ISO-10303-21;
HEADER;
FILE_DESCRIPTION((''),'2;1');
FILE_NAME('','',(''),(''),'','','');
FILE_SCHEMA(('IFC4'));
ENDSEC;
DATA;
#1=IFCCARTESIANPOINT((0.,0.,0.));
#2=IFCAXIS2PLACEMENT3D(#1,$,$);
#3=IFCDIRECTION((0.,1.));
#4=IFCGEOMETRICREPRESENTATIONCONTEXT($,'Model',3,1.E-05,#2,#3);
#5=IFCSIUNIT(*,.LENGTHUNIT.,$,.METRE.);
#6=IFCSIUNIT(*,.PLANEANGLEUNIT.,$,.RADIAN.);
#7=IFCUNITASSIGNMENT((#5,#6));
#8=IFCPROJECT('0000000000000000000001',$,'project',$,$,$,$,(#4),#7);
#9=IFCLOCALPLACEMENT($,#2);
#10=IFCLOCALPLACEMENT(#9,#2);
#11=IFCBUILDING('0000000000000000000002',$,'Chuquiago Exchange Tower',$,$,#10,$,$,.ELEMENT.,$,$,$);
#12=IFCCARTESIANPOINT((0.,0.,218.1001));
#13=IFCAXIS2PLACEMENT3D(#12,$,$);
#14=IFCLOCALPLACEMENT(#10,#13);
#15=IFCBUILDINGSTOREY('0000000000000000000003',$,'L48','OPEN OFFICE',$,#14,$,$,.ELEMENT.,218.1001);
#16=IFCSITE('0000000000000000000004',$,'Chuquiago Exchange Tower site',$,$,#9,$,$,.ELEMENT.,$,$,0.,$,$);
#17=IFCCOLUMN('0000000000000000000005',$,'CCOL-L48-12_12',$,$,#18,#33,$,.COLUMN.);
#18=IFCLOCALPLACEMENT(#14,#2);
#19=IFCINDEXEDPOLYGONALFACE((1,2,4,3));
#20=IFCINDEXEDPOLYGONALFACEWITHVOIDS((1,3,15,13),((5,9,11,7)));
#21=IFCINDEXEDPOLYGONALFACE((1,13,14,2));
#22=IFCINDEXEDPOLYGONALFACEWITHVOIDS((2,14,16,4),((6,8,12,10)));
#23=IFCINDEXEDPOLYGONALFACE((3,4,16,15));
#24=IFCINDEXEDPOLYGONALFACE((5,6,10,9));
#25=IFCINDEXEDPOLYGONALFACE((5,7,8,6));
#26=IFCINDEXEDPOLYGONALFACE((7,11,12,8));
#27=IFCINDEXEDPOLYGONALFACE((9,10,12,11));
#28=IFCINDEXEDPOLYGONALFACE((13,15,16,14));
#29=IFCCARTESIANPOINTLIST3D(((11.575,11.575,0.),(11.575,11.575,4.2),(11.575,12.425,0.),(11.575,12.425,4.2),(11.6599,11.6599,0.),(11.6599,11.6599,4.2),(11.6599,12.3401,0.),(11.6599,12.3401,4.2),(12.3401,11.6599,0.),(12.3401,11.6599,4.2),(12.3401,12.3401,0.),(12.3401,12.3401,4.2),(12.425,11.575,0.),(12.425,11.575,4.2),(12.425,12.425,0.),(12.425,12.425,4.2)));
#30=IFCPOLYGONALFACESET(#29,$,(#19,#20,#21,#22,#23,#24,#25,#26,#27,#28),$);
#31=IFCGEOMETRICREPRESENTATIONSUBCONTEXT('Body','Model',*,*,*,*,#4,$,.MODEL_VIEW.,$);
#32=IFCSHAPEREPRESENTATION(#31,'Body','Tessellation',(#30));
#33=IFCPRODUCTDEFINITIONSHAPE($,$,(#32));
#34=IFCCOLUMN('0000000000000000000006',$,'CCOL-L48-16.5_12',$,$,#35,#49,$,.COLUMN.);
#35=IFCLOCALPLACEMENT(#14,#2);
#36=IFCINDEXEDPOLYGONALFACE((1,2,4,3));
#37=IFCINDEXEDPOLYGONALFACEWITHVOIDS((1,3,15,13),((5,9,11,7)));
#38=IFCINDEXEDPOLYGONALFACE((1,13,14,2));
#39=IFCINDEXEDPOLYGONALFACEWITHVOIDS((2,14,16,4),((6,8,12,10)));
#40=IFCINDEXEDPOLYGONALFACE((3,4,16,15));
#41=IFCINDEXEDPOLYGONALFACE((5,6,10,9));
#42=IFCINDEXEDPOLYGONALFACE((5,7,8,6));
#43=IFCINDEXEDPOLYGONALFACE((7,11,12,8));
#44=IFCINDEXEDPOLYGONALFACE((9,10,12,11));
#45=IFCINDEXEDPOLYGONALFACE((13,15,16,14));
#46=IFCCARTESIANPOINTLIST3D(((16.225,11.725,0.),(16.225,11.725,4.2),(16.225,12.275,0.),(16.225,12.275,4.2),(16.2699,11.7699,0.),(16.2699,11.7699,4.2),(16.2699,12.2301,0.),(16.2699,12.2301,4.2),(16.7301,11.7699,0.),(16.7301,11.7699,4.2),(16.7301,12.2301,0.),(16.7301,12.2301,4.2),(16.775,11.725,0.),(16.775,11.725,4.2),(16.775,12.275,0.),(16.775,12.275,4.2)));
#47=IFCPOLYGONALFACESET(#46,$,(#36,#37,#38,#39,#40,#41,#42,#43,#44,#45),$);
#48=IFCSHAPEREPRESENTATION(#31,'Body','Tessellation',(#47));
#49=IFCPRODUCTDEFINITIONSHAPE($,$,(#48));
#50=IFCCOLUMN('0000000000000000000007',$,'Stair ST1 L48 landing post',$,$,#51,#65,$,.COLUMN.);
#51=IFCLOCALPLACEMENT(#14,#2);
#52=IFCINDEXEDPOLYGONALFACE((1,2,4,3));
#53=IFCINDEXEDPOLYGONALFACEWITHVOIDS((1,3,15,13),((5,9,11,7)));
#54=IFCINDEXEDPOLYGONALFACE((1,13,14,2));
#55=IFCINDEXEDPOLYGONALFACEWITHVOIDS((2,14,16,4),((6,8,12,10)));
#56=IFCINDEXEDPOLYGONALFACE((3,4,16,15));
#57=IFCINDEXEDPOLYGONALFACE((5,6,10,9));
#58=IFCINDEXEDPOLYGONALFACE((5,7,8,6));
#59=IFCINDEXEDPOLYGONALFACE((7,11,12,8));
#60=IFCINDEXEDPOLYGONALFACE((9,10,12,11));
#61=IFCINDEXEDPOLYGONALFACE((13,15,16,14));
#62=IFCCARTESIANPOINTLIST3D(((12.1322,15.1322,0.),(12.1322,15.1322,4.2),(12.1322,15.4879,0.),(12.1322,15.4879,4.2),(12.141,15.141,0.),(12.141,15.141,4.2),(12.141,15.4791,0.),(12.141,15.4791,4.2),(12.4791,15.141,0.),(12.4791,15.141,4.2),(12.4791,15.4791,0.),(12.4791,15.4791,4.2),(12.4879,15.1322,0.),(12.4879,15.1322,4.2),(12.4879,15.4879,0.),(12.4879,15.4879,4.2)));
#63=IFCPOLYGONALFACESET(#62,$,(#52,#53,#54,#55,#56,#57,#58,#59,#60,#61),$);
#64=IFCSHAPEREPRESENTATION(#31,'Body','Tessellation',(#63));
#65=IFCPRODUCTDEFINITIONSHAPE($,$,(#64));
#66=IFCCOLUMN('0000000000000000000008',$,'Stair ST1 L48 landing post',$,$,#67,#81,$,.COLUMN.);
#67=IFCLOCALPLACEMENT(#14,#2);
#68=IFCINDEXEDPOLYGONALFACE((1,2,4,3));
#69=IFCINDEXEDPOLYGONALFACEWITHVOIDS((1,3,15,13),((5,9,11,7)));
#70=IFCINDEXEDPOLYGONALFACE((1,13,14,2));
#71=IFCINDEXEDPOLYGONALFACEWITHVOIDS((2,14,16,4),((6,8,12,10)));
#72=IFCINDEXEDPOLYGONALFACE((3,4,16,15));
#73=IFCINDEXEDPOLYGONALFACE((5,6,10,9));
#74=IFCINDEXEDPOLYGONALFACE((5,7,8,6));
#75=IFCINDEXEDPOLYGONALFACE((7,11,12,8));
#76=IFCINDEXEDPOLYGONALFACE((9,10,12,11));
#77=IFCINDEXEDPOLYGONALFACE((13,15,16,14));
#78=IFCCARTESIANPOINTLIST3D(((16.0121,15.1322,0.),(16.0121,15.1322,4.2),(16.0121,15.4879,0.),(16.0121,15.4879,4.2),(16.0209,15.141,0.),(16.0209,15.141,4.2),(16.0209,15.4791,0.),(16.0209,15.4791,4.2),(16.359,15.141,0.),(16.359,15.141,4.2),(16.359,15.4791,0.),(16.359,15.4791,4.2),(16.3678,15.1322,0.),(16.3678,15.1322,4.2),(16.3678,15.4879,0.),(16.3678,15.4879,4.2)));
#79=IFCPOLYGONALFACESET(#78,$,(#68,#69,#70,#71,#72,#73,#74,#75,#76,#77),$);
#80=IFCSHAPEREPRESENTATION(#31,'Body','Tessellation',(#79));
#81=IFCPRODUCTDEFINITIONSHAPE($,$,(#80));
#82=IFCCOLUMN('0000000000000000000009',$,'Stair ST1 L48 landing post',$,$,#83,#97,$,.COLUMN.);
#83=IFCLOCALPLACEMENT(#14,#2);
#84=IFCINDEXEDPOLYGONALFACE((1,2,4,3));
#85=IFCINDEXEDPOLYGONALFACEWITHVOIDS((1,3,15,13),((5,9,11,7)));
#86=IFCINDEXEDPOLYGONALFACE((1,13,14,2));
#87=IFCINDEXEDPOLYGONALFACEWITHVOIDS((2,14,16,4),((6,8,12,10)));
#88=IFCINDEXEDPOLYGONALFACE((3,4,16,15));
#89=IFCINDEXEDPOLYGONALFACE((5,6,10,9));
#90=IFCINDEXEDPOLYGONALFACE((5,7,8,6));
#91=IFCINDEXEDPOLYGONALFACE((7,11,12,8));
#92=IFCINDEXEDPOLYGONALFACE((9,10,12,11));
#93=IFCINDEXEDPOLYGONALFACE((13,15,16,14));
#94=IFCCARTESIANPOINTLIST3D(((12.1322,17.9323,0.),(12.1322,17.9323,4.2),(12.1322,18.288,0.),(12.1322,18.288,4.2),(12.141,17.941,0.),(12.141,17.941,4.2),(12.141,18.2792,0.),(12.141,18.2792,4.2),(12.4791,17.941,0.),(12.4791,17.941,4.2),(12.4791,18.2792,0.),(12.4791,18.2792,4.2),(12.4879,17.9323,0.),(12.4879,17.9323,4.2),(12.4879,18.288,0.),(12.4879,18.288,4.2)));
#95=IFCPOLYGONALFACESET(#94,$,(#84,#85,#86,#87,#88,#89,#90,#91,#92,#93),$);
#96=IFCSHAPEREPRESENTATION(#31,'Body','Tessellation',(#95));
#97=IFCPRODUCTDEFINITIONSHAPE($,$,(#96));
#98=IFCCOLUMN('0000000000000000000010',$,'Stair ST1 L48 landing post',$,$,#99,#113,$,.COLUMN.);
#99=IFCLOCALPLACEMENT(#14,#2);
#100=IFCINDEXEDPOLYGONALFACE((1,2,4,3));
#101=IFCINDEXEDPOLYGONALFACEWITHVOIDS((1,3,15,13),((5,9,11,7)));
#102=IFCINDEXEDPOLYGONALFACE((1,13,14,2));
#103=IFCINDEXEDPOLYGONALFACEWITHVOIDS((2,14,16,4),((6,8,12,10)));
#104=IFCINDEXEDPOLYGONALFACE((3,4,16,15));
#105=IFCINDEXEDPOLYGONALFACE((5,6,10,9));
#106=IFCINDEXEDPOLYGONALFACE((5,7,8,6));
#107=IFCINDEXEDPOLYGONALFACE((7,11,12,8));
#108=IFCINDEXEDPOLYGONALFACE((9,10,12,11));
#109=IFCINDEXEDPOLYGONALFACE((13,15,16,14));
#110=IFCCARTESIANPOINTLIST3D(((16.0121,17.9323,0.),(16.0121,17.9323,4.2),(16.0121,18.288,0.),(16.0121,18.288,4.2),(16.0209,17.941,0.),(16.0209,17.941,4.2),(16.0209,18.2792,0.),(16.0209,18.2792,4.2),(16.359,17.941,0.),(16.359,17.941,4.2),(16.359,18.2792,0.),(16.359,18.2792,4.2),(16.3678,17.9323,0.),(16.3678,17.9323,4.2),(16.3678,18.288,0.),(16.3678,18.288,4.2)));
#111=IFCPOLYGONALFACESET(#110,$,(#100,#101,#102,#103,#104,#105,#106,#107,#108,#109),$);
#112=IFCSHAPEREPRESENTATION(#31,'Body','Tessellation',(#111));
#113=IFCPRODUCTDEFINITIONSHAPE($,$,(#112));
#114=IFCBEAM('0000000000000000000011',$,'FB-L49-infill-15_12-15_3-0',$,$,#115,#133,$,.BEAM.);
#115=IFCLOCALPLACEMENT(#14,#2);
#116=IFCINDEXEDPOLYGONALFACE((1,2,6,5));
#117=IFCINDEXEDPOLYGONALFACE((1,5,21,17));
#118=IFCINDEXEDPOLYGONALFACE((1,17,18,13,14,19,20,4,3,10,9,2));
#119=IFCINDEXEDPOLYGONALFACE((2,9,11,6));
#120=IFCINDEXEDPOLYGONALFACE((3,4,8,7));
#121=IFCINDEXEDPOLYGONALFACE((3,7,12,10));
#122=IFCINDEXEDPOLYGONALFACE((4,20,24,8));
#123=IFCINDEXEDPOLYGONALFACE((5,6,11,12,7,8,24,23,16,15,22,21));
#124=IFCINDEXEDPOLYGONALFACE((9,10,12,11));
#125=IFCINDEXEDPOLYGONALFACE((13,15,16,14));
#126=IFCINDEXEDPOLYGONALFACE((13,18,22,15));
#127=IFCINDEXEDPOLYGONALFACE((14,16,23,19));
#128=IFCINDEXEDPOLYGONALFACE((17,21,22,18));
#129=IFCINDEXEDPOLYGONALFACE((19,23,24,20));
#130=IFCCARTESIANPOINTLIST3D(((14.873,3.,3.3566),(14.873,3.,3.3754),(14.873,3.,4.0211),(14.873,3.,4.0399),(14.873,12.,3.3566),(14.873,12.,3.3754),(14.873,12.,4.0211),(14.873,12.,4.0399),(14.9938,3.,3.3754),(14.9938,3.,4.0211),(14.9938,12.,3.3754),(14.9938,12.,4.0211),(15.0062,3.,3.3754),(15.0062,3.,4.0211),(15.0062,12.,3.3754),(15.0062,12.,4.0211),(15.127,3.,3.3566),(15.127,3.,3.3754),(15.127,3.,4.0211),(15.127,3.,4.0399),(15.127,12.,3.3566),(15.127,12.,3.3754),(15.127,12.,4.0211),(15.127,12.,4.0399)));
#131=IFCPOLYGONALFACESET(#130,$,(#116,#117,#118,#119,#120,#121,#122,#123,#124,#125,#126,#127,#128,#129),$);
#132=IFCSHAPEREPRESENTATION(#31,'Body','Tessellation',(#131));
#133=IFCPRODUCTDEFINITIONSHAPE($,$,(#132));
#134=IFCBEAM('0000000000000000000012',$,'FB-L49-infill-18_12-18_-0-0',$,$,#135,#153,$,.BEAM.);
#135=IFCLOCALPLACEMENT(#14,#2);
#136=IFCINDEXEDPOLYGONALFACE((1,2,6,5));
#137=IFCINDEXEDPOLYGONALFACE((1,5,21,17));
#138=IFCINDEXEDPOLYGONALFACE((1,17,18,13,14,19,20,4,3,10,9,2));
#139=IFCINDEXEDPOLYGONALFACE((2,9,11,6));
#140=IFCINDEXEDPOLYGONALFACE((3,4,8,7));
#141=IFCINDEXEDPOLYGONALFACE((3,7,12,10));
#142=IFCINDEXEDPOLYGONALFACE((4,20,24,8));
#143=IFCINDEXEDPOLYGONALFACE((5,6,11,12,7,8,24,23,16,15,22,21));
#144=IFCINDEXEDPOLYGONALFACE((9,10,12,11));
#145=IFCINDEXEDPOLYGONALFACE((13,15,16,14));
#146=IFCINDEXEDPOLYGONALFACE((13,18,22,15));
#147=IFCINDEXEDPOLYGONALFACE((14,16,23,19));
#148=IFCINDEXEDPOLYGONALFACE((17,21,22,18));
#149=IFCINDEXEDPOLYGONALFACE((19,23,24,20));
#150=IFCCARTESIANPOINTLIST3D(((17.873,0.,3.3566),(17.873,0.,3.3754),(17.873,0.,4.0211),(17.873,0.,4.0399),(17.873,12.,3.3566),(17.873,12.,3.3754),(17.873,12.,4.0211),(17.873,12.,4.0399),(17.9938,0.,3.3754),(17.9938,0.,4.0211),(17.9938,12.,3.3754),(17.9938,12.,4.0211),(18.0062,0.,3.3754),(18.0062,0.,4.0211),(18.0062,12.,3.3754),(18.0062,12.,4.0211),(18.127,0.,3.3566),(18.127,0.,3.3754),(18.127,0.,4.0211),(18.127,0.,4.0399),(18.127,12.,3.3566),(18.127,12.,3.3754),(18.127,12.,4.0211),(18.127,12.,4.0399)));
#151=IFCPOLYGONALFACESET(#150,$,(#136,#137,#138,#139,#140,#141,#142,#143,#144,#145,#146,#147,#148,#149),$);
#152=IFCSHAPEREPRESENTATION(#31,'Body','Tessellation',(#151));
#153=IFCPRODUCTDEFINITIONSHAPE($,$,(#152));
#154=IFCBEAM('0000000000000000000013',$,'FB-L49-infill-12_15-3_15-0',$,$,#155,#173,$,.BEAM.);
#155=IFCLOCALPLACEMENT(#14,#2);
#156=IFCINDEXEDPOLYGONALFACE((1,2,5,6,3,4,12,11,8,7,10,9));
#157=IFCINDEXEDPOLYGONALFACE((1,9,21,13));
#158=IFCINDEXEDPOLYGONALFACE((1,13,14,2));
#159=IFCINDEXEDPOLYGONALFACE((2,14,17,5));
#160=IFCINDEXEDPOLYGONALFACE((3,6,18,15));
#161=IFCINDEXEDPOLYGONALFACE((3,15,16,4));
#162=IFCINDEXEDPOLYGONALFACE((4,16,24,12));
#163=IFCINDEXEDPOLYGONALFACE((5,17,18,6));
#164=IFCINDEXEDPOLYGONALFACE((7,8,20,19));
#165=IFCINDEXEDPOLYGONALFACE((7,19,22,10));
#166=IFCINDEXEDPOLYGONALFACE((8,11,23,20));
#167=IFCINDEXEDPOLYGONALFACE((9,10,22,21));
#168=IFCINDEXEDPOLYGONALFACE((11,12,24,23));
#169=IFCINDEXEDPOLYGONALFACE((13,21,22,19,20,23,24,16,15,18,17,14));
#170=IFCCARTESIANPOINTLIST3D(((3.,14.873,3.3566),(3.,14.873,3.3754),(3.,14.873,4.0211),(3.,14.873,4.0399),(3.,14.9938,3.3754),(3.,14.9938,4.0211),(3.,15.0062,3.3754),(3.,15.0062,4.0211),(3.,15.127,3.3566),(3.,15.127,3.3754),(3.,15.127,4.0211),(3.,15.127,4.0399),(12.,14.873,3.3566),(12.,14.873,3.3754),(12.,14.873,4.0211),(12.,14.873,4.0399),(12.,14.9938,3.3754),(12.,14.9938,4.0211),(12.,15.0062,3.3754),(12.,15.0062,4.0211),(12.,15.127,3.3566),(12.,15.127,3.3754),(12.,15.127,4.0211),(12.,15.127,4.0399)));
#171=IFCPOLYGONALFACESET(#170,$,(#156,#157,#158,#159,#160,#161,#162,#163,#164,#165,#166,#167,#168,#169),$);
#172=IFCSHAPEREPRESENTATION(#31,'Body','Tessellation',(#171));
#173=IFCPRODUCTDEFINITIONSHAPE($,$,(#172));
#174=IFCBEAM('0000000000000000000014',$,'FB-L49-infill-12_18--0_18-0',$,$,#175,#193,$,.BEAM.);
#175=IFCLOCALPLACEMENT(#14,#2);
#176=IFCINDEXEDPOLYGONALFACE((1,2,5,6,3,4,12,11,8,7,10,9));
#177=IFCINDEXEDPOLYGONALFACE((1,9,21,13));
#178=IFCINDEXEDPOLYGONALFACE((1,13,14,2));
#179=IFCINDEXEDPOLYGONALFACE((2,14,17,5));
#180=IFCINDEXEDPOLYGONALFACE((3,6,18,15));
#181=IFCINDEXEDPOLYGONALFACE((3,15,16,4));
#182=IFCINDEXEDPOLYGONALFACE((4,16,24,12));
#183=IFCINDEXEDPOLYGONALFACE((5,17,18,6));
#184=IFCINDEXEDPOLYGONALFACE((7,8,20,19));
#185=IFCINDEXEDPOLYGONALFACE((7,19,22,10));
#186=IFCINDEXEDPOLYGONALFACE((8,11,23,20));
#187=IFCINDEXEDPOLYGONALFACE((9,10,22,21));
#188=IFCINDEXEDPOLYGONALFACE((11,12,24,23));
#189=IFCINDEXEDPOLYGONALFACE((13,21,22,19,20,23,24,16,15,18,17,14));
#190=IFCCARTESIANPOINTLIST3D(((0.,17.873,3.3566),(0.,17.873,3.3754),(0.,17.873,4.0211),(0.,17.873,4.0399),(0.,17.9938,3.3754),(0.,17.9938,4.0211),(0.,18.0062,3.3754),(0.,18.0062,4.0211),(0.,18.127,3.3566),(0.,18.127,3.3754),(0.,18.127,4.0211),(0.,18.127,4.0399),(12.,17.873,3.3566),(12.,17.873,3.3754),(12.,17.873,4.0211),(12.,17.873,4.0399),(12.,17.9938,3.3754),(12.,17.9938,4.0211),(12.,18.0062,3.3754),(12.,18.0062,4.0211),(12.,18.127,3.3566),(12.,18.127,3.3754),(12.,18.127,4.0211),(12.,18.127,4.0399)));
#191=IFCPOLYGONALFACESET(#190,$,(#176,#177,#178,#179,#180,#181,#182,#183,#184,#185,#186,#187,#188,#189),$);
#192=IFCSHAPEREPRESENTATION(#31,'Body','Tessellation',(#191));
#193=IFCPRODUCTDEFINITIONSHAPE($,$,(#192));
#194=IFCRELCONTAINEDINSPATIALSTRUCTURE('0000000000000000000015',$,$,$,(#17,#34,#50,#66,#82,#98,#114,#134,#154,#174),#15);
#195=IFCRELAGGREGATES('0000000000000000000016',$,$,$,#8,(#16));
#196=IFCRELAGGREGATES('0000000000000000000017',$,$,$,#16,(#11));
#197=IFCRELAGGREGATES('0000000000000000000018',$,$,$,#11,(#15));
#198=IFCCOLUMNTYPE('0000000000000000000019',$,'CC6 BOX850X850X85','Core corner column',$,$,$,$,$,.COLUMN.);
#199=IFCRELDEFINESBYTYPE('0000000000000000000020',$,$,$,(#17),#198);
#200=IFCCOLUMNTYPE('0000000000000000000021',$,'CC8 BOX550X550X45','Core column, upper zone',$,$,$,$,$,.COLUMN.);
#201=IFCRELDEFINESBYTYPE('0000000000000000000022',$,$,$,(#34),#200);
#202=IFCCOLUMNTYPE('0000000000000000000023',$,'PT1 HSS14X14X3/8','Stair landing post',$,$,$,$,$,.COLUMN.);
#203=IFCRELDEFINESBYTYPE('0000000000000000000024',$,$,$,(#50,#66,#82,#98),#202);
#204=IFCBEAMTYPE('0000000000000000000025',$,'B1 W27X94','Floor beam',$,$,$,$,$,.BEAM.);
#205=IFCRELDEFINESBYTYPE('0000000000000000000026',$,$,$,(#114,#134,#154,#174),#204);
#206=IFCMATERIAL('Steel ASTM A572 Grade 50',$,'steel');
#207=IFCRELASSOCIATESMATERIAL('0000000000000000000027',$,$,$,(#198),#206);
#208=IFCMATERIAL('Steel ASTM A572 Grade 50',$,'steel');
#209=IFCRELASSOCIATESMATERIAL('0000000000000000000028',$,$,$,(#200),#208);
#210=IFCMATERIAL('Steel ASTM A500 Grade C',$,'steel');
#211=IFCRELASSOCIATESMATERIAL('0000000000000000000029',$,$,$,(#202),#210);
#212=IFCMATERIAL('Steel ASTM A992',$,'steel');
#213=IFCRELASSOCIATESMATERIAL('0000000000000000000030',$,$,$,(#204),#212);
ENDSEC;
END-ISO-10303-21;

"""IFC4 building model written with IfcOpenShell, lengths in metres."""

from ifc_helpers import new_model, si_unit, direction, frame, origin, origin_2d, place, context, subcontext, project, spatial, hollow_rectangle, i_section, extrude, material, material_profile, profile_set, type_object, element, save


model = new_model("IFC4")

# Units and contexts
model_context = context("Model", 3, precision=1e-05, world=origin(), true_north=direction((0.0, 1.0)))
body_context = subcontext(model_context, "Body", "Model", "MODEL_VIEW")
ifc_project = project(units=[si_unit("LENGTHUNIT", "METRE"), si_unit("PLANEANGLEUNIT", "RADIAN")], contexts=[model_context])

# Site, building, storey
site_placement = place(None, origin())
site = spatial("IfcSite", under=ifc_project, at=site_placement, Name="Chuquiago Exchange Tower site", CompositionType="ELEMENT", RefElevation=0.0)
building_placement = place(site_placement, origin())
building = spatial("IfcBuilding", under=site, at=building_placement, Name="Chuquiago Exchange Tower", CompositionType="ELEMENT")
storey_placement = place(building_placement, frame((0.0, 0.0, 218.1001)))
storey = spatial("IfcBuildingStorey", under=building, at=storey_placement, Name="L48", Description="OPEN OFFICE", CompositionType="ELEMENT", Elevation=218.1001)

# Columns
ifc_material_1 = material(Name="Steel ASTM A572 Grade 50", Category="steel")
ifc_material_profile_1 = material_profile(ifc_material_1, hollow_rectangle(XDim=0.8501, YDim=0.8501, WallThickness=0.085, at=origin_2d()), Name="BOX850X850X85")
ifc_profile_set_1 = profile_set([ifc_material_profile_1], Name="Steel ASTM A572 Grade 50")
column_type_1 = type_object("IfcColumnType", Name="CC6 BOX850X850X85", Description="Core corner column", PredefinedType="COLUMN", material=ifc_profile_set_1)
column_1_placement = place(storey_placement, frame((12.0, 12.0, 0.0), z_axis=(0.0, 0.0, 1.0), x_axis=(1.0, 0.0, 0.0)))
element("IfcColumn", 1, at=column_1_placement, inside=storey, type_object=column_type_1, Name="CCOL-L48-12_12", PredefinedType="COLUMN", context=body_context, shape_type="SweptSolid", body=[
    extrude(hollow_rectangle(XDim=0.8501, YDim=0.8501, WallThickness=0.085, at=origin_2d()), origin(), (0.0, 0.0, 1.0), 4.2),
])
ifc_material_2 = material(Name="Steel ASTM A572 Grade 50", Category="steel")
ifc_material_profile_2 = material_profile(ifc_material_2, hollow_rectangle(XDim=0.55, YDim=0.55, WallThickness=0.0449, at=origin_2d()), Name="BOX550X550X45")
ifc_profile_set_2 = profile_set([ifc_material_profile_2], Name="Steel ASTM A572 Grade 50")
column_type_2 = type_object("IfcColumnType", Name="CC8 BOX550X550X45", Description="Core column, upper zone", PredefinedType="COLUMN", material=ifc_profile_set_2)
column_2_placement = place(storey_placement, frame((16.5, 12.0, 0.0), z_axis=(0.0, 0.0, 1.0), x_axis=(1.0, 0.0, 0.0)))
element("IfcColumn", 2, at=column_2_placement, inside=storey, type_object=column_type_2, Name="CCOL-L48-16.5_12", PredefinedType="COLUMN", context=body_context, shape_type="SweptSolid", body=[
    extrude(hollow_rectangle(XDim=0.55, YDim=0.55, WallThickness=0.0449, at=origin_2d()), origin(), (0.0, 0.0, 1.0), 4.2),
])
ifc_material_3 = material(Name="Steel ASTM A500 Grade C", Category="steel")
ifc_material_profile_3 = material_profile(ifc_material_3, hollow_rectangle(XDim=0.3557, YDim=0.3557, WallThickness=0.0088, at=origin_2d()), Name="HSS14X14X3/8")
ifc_profile_set_3 = profile_set([ifc_material_profile_3], Name="Steel ASTM A500 Grade C")
column_type_3 = type_object("IfcColumnType", Name="PT1 HSS14X14X3/8", Description="Stair landing post", PredefinedType="COLUMN", material=ifc_profile_set_3)
for number, where, z_axis, x_axis, name in (
    (3, (12.3101, 15.3101, 0.0), (0.0, 0.0, 1.0), (1.0, 0.0, 0.0), "Stair ST1 L48 landing post"),
    (4, (16.1899, 15.3101, 0.0), (0.0, 0.0, 1.0), (1.0, 0.0, 0.0), "Stair ST1 L48 landing post"),
    (5, (12.3101, 18.1101, 0.0), (0.0, 0.0, 1.0), (1.0, 0.0, 0.0), "Stair ST1 L48 landing post"),
    (6, (16.1899, 18.1101, 0.0), (0.0, 0.0, 1.0), (1.0, 0.0, 0.0), "Stair ST1 L48 landing post"),
):
    element("IfcColumn", number, at=place(storey_placement, frame(where, z_axis=z_axis, x_axis=x_axis)), inside=storey, type_object=column_type_3, Name=name, PredefinedType="COLUMN", context=body_context, shape_type="SweptSolid", body=[
        extrude(hollow_rectangle(XDim=0.3557, YDim=0.3557, WallThickness=0.0088, at=origin_2d()), origin(), (0.0, 0.0, 1.0), 4.2),
    ])

# Beams
ifc_material_4 = material(Name="Steel ASTM A992", Category="steel")
ifc_material_profile_4 = material_profile(ifc_material_4, i_section(OverallWidth=0.2539, OverallDepth=0.6833, WebThickness=0.0125, FlangeThickness=0.0188, at=origin_2d()), Name="W27X94")
ifc_profile_set_4 = profile_set([ifc_material_profile_4], Name="Steel ASTM A992")
beam_type_1 = type_object("IfcBeamType", Name="B1 W27X94", Description="Floor beam", PredefinedType="BEAM", material=ifc_profile_set_4)
beam_1_placement = place(storey_placement, frame((15.0, 12.0, 3.6982), z_axis=(0.0, -1.0, 0.0), x_axis=(1.0, 0.0, 0.0)))
element("IfcBeam", 7, at=beam_1_placement, inside=storey, type_object=beam_type_1, Name="FB-L49-infill-15_12-15_3-0", PredefinedType="BEAM", context=body_context, shape_type="SweptSolid", body=[
    extrude(i_section(OverallWidth=0.2539, OverallDepth=0.6833, WebThickness=0.0125, FlangeThickness=0.0188, at=origin_2d()), origin(), (0.0, 0.0, 1.0), 9.0),
])
beam_2_placement = place(storey_placement, frame((18.0, 12.0, 3.6982), z_axis=(0.0, -1.0, 0.0), x_axis=(1.0, 0.0, 0.0)))
element("IfcBeam", 8, at=beam_2_placement, inside=storey, type_object=beam_type_1, Name="FB-L49-infill-18_12-18_-0-0", PredefinedType="BEAM", context=body_context, shape_type="SweptSolid", body=[
    extrude(i_section(OverallWidth=0.2539, OverallDepth=0.6833, WebThickness=0.0125, FlangeThickness=0.0188, at=origin_2d()), origin(), (0.0, 0.0, 1.0), 12.0),
])
beam_3_placement = place(storey_placement, frame((12.0, 15.0, 3.6982), z_axis=(-1.0, 0.0, 0.0), x_axis=(0.0, -1.0, 0.0)))
element("IfcBeam", 9, at=beam_3_placement, inside=storey, type_object=beam_type_1, Name="FB-L49-infill-12_15-3_15-0", PredefinedType="BEAM", context=body_context, shape_type="SweptSolid", body=[
    extrude(i_section(OverallWidth=0.2539, OverallDepth=0.6833, WebThickness=0.0125, FlangeThickness=0.0188, at=origin_2d()), origin(), (0.0, 0.0, 1.0), 9.0),
])
beam_4_placement = place(storey_placement, frame((12.0, 18.0, 3.6982), z_axis=(-1.0, 0.0, 0.0), x_axis=(0.0, -1.0, 0.0)))
element("IfcBeam", 10, at=beam_4_placement, inside=storey, type_object=beam_type_1, Name="FB-L49-infill-12_18--0_18-0", PredefinedType="BEAM", context=body_context, shape_type="SweptSolid", body=[
    extrude(i_section(OverallWidth=0.2539, OverallDepth=0.6833, WebThickness=0.0125, FlangeThickness=0.0188, at=origin_2d()), origin(), (0.0, 0.0, 1.0), 12.0),
])

save(model, "model.ifc")
